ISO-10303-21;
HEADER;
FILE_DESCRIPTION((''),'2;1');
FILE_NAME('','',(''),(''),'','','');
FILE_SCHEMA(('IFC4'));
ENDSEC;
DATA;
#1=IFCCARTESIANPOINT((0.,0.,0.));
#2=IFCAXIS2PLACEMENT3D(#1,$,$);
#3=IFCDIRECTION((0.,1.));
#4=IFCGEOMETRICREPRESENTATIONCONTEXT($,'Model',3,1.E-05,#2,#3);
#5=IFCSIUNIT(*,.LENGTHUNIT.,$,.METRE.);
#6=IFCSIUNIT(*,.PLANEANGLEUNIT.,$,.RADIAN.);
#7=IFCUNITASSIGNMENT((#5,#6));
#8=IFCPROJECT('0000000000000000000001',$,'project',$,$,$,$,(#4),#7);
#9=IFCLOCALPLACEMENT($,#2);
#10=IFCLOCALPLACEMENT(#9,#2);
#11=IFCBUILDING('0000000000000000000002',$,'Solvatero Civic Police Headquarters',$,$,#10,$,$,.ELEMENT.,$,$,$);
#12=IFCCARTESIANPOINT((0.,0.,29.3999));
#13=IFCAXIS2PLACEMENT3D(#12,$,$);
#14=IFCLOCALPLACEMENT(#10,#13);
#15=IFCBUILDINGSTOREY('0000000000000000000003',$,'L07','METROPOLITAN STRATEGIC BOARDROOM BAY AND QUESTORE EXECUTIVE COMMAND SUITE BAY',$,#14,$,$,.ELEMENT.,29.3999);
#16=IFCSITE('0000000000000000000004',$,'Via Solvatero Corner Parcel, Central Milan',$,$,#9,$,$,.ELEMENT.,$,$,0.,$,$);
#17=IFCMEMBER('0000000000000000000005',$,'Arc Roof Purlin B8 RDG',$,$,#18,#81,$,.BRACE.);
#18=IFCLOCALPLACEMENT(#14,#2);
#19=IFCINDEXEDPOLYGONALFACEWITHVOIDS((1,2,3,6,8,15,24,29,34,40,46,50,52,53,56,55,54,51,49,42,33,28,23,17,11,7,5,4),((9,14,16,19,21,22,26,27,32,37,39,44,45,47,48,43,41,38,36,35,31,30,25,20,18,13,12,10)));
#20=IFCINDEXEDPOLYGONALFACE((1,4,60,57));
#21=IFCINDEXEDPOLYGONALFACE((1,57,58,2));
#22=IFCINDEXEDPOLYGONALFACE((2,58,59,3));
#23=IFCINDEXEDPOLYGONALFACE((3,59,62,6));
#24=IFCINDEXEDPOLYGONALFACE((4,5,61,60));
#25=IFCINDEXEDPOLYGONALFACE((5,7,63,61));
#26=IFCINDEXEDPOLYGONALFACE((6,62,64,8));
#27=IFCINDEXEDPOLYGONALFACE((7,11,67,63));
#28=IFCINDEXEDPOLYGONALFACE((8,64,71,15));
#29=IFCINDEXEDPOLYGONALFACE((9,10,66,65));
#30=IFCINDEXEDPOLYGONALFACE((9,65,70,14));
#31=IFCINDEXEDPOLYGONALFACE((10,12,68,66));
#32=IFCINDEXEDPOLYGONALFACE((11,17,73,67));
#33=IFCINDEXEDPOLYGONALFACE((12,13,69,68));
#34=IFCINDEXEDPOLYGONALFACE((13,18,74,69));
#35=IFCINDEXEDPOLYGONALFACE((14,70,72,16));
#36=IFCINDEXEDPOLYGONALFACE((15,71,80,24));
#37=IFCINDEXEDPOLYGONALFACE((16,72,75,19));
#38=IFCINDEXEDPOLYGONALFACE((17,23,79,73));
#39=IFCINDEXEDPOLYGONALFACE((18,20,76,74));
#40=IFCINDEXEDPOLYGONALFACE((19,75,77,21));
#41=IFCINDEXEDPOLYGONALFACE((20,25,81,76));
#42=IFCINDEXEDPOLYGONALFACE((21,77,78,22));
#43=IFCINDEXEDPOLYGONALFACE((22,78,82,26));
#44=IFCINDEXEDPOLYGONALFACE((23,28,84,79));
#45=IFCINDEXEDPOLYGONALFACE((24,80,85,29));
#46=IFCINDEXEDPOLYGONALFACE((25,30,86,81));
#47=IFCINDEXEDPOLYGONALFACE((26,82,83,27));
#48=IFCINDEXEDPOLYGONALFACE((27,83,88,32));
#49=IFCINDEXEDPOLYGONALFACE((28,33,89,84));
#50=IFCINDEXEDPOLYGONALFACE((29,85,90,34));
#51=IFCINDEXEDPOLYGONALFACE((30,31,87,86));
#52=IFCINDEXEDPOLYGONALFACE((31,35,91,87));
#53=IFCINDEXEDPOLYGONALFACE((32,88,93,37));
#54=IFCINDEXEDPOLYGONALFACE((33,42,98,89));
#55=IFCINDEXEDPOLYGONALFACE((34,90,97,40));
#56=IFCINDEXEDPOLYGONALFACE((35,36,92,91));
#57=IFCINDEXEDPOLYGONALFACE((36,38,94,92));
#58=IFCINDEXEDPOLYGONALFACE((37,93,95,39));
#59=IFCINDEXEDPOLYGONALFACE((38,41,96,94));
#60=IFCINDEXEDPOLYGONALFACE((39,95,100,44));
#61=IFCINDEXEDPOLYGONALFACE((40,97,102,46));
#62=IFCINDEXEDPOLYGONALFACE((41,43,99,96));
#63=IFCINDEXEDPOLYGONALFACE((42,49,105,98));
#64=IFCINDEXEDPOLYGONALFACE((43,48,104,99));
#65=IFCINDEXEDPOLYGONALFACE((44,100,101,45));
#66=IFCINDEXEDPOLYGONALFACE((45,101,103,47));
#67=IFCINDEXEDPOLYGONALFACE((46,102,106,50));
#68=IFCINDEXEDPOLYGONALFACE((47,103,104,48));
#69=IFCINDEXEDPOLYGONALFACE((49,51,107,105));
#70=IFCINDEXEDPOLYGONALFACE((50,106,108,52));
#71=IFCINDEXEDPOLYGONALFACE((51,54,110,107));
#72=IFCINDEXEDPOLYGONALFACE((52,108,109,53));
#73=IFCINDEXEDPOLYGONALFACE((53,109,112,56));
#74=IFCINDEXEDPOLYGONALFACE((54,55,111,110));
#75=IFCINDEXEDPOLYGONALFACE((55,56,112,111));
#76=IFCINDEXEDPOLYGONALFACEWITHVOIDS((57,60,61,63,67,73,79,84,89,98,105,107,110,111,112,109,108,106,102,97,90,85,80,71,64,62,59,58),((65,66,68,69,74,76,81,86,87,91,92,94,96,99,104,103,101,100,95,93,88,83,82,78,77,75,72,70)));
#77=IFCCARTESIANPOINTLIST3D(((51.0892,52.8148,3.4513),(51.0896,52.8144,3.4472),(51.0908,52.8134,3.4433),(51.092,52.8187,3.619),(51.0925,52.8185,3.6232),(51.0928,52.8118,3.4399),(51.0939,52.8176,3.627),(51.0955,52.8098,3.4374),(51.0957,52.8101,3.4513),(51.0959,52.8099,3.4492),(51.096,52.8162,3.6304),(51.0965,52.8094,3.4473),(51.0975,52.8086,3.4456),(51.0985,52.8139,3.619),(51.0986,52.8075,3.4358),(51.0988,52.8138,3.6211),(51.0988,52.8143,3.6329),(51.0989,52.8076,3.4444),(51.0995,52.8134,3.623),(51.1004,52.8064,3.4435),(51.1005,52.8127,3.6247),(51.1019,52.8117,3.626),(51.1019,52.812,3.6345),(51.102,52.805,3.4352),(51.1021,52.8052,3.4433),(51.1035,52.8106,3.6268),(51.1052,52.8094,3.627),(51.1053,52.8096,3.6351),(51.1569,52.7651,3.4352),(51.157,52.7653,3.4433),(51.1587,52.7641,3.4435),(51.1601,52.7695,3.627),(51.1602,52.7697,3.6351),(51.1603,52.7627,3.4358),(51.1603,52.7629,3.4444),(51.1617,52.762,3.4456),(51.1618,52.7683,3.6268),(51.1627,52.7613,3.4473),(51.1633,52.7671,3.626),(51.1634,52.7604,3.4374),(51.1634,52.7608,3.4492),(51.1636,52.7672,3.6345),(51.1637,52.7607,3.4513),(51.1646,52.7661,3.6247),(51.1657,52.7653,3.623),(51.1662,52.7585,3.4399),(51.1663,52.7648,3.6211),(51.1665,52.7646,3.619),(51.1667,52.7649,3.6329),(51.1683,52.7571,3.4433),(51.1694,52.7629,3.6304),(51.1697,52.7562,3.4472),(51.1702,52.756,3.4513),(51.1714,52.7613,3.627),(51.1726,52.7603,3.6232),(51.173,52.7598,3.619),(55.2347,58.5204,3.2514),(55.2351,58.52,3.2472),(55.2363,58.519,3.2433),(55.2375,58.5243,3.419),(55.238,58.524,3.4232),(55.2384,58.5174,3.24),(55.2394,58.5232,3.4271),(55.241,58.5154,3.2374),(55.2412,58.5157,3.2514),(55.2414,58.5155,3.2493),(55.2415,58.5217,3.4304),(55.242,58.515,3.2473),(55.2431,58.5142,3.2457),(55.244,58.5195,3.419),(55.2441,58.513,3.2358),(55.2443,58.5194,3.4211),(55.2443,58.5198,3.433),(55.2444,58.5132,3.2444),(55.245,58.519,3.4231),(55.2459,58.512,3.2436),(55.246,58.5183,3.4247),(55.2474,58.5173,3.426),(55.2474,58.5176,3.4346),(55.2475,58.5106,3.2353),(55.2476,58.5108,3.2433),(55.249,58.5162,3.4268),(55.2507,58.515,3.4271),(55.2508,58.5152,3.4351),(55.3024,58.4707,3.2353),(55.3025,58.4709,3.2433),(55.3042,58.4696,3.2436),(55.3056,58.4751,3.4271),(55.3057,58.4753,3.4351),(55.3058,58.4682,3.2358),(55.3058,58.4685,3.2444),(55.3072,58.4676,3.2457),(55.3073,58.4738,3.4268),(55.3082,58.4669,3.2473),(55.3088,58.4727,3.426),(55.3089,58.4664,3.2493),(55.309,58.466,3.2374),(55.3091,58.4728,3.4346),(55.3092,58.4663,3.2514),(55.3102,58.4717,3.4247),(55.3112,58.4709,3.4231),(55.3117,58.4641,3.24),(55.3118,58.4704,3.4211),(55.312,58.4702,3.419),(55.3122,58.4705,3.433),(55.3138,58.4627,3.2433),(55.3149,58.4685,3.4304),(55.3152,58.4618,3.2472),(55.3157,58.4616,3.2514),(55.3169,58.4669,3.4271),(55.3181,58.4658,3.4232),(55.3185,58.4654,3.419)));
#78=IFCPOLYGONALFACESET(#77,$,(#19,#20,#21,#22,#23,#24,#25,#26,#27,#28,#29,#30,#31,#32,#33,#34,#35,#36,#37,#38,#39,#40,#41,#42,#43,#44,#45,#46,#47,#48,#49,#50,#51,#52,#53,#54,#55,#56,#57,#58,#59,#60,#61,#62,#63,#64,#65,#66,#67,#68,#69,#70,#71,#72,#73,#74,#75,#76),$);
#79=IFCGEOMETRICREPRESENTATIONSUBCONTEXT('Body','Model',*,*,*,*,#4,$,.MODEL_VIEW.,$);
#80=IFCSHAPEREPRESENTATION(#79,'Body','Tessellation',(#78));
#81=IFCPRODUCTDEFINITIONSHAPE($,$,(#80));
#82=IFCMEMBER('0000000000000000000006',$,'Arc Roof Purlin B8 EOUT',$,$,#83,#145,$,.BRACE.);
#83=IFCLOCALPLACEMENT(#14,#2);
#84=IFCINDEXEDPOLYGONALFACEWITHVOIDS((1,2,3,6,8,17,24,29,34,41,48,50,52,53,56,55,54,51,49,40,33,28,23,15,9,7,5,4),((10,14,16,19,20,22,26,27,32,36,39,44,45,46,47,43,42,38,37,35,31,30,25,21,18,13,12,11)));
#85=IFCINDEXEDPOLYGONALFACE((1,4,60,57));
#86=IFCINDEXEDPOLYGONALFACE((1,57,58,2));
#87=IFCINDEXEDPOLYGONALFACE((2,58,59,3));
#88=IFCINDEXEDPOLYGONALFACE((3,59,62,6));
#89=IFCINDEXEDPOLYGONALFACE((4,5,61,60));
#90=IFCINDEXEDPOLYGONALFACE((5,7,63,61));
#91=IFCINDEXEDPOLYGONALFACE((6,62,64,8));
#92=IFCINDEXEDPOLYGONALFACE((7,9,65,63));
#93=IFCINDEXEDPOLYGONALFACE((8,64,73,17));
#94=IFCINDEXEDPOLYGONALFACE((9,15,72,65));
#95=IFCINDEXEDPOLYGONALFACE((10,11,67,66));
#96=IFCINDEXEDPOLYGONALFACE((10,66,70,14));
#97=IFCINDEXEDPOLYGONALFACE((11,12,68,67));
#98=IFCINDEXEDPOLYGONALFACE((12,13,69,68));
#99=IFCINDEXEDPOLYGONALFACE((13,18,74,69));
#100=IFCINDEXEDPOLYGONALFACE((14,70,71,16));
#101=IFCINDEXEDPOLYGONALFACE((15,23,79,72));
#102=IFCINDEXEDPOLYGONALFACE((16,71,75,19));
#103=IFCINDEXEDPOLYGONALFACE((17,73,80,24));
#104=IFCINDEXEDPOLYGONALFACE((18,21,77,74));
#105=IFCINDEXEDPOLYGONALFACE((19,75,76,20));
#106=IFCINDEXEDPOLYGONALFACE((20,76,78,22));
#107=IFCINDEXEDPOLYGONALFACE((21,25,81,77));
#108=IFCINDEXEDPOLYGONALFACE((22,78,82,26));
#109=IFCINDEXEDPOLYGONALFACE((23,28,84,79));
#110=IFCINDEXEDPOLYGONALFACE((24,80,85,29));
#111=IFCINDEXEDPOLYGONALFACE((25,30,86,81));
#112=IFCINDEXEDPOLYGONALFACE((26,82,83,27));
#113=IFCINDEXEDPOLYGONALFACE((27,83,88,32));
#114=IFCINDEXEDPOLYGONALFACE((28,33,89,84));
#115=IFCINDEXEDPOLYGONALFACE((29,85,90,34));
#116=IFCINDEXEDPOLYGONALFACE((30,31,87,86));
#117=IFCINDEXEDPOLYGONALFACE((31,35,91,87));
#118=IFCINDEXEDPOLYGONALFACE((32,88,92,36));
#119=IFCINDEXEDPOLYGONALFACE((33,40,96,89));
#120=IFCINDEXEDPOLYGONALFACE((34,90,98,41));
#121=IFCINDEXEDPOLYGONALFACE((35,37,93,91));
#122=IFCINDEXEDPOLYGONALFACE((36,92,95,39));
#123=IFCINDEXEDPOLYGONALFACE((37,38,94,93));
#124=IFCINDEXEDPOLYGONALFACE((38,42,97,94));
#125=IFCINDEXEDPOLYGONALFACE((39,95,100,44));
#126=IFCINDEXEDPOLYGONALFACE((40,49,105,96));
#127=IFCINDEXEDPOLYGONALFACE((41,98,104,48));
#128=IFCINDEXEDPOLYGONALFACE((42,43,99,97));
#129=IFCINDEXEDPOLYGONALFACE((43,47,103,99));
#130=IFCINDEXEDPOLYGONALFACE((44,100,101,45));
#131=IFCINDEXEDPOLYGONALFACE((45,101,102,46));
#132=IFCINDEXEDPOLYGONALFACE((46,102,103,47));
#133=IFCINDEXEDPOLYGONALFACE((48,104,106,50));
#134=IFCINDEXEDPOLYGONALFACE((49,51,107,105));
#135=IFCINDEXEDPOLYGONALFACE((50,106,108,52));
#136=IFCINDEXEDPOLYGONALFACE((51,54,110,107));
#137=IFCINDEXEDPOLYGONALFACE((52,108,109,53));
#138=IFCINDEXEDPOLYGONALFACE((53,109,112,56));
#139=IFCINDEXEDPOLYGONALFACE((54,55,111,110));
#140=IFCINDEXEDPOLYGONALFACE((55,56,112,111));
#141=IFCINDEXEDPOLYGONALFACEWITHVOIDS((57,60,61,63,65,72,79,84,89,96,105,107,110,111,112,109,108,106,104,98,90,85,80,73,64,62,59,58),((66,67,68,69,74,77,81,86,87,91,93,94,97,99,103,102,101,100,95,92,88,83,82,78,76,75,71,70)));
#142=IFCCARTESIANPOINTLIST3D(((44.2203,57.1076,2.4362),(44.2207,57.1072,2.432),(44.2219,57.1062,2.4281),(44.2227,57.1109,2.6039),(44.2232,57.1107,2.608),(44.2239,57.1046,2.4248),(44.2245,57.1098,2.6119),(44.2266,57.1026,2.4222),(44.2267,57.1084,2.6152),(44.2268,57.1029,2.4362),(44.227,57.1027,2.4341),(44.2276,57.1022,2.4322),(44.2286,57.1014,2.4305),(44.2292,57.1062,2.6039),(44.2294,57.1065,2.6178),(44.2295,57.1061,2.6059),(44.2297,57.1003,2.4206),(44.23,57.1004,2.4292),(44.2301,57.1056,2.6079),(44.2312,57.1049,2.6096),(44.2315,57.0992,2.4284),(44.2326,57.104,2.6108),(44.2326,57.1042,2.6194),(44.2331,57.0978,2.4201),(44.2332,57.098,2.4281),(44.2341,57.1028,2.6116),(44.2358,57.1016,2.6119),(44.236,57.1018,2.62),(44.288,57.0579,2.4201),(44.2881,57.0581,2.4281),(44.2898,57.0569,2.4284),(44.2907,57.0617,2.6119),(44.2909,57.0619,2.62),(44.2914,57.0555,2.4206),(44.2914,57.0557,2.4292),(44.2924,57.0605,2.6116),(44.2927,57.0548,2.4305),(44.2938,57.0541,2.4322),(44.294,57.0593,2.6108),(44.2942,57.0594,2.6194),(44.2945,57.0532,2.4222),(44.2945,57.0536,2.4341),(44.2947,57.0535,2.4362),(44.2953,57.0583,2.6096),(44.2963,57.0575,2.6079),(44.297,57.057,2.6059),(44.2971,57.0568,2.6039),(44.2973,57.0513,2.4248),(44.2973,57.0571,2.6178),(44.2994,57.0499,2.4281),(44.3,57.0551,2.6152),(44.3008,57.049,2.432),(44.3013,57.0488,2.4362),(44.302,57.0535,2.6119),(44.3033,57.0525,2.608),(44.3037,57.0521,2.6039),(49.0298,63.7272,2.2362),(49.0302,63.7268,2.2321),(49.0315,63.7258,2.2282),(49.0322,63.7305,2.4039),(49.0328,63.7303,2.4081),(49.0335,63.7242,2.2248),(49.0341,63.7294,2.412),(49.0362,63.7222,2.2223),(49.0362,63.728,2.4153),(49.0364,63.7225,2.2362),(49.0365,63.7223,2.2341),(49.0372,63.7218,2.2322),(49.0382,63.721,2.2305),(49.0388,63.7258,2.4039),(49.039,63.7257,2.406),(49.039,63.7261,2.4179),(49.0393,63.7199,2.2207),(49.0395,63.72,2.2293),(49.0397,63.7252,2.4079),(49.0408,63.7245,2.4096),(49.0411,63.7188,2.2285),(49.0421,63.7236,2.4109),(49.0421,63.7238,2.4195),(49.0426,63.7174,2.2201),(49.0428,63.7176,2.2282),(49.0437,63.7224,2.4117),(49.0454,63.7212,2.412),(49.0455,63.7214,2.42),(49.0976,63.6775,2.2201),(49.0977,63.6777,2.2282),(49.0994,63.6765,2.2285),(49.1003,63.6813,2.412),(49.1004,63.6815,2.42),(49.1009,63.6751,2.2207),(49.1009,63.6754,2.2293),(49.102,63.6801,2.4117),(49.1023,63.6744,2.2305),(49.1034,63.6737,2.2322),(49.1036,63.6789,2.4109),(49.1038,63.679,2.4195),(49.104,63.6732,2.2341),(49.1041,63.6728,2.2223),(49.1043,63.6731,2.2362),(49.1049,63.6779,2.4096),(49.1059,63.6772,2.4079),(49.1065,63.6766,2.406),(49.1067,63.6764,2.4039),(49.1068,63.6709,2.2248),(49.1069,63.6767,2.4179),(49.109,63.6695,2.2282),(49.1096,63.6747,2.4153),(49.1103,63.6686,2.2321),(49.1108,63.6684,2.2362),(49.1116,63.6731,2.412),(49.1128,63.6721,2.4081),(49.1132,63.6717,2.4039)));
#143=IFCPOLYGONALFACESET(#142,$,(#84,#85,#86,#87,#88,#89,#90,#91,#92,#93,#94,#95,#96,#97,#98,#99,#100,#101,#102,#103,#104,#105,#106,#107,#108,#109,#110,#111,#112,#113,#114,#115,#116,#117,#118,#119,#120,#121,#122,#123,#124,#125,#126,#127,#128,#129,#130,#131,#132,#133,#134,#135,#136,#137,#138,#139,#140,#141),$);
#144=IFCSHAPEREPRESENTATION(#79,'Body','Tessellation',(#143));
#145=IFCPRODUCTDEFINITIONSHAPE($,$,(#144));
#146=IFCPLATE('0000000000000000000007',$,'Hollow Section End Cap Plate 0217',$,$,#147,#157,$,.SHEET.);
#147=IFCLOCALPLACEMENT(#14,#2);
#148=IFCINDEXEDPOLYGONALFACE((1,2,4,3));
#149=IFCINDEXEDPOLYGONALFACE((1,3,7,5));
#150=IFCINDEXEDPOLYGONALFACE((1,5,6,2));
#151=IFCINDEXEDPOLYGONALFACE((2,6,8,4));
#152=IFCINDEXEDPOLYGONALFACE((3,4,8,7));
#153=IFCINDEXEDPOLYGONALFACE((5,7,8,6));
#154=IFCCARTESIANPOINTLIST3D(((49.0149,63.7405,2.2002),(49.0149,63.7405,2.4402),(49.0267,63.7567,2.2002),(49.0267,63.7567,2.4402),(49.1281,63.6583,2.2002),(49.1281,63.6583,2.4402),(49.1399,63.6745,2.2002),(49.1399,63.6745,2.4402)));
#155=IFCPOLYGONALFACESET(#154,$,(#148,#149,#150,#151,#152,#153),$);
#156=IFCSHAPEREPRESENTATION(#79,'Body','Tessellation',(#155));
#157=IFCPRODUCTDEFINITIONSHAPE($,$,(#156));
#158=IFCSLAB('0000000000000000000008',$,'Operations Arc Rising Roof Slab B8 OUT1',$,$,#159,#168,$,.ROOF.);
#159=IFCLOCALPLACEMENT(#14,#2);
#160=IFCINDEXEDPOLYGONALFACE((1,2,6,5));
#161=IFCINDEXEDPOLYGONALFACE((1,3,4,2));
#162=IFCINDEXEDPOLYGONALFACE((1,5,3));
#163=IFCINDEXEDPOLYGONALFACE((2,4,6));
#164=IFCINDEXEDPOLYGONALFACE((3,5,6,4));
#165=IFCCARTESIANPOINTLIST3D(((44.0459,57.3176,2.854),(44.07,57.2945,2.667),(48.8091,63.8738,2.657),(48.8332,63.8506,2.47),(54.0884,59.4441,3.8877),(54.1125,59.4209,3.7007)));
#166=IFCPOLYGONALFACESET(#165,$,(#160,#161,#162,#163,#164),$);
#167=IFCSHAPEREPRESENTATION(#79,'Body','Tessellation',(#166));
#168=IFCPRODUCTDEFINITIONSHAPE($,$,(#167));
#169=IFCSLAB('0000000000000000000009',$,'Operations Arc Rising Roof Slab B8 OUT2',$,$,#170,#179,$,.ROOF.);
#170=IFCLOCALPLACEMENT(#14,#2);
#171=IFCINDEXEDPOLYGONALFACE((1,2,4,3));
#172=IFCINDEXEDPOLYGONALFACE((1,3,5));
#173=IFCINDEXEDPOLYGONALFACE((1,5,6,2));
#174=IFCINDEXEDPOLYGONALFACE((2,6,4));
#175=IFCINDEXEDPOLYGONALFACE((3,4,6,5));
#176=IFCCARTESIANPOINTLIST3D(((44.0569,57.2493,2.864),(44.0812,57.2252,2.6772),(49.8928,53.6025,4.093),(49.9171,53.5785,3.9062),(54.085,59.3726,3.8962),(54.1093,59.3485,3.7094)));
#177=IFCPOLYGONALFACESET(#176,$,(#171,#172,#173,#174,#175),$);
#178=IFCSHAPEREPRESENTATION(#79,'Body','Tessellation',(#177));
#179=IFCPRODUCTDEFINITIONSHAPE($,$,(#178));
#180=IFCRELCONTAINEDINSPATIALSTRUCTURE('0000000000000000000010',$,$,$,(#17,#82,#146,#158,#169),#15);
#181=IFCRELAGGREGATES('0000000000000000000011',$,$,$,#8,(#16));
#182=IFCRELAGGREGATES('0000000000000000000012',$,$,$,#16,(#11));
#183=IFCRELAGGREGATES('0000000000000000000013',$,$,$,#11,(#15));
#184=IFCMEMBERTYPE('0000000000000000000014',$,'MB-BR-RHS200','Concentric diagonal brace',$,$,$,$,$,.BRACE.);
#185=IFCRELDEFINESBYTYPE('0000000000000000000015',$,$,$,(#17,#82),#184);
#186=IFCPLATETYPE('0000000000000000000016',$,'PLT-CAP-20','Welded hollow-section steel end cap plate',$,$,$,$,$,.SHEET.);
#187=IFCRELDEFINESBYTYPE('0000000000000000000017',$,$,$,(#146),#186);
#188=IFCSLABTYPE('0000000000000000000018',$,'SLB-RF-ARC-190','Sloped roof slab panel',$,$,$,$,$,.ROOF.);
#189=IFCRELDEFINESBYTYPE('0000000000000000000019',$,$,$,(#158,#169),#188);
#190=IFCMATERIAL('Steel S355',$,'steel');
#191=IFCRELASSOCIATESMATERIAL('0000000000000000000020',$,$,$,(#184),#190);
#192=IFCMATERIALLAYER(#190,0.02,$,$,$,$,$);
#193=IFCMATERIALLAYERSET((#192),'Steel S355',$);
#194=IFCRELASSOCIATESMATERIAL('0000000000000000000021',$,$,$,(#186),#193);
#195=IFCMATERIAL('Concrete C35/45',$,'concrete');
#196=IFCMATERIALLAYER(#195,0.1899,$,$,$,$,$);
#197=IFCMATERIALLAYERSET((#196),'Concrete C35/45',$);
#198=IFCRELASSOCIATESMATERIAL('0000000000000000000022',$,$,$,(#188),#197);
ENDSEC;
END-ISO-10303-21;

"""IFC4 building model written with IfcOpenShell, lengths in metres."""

from ifc_helpers import new_model, si_unit, direction, frame, origin, origin_2d, place, context, subcontext, project, spatial, polyline, rectangle, hollow_rectangle, outline, extrude, material, layer, layer_set, material_profile, profile_set, type_object, element, save


model = new_model("IFC4")

# Units and contexts
model_context = context("Model", 3, precision=1e-05, world=origin(), true_north=direction((0.0, 1.0)))
body_context = subcontext(model_context, "Body", "Model", "MODEL_VIEW")
ifc_project = project(units=[si_unit("LENGTHUNIT", "METRE"), si_unit("PLANEANGLEUNIT", "RADIAN")], contexts=[model_context])

# Site, building, storey
site_placement = place(None, origin())
site = spatial("IfcSite", under=ifc_project, at=site_placement, Name="Via Solvatero Corner Parcel, Central Milan", CompositionType="ELEMENT", RefElevation=0.0)
building_placement = place(site_placement, origin())
building = spatial("IfcBuilding", under=site, at=building_placement, Name="Solvatero Civic Police Headquarters", CompositionType="ELEMENT")
storey_placement = place(building_placement, frame((0.0, 0.0, 29.3999)))
storey = spatial("IfcBuildingStorey", under=building, at=storey_placement, Name="L07", Description="METROPOLITAN STRATEGIC BOARDROOM BAY AND QUESTORE EXECUTIVE COMMAND SUITE BAY", CompositionType="ELEMENT", Elevation=29.3999)

# Shared definitions
ifc_material_1 = material(Name="Steel S355", Category="steel")

# Members
ifc_material_profile_1 = material_profile(ifc_material_1, hollow_rectangle(XDim=0.1001, YDim=0.2, WallThickness=0.0081, InnerFilletRadius=0.0081, OuterFilletRadius=0.0161, at=origin_2d()), Name="RHS 200x100x8.0")
ifc_profile_set_1 = profile_set([ifc_material_profile_1], Name="Steel S355")
member_type_1 = type_object("IfcMemberType", Name="MB-BR-RHS200", Description="Concentric diagonal brace", PredefinedType="BRACE", material=ifc_profile_set_1)
member_1_placement = place(storey_placement, frame((55.2766, 58.4929, 3.3352), z_axis=(-0.587565, -0.808681, 0.02834), x_axis=(0.809005, -0.587801, 0.0)))
element("IfcMember", 1, at=member_1_placement, inside=storey, type_object=member_type_1, Name="Arc Roof Purlin B8 RDG", PredefinedType="BRACE", context=body_context, shape_type="SweptSolid", body=[
    extrude(hollow_rectangle(XDim=0.1001, YDim=0.2, WallThickness=0.0081, InnerFilletRadius=0.0081, OuterFilletRadius=0.0161, at=origin_2d()), origin(), (0.0, 0.0, 1.0), 7.0554),
])
member_2_placement = place(storey_placement, frame((49.0715, 63.6995, 2.3201), z_axis=(-0.58762, -0.808768, 0.024429), x_axis=(0.80901, -0.587796, 0.0)))
element("IfcMember", 2, at=member_2_placement, inside=storey, type_object=member_type_1, Name="Arc Roof Purlin B8 EOUT", PredefinedType="BRACE", context=body_context, shape_type="SweptSolid", body=[
    extrude(hollow_rectangle(XDim=0.1001, YDim=0.2, WallThickness=0.0081, InnerFilletRadius=0.0081, OuterFilletRadius=0.0161, at=origin_2d()), origin(), (0.0, 0.0, 1.0), 8.1848),
])

# Plate
ifc_layer_1 = layer(ifc_material_1, 0.02)
ifc_layer_set_1 = layer_set([ifc_layer_1], Name="Steel S355")
plate_type = type_object("IfcPlateType", Name="PLT-CAP-20", Description="Welded hollow-section steel end cap plate", PredefinedType="SHEET", material=ifc_layer_set_1)
plate_placement = place(storey_placement, frame((49.0774, 63.7075, 2.2002), z_axis=(0.0, 0.0, 1.0), x_axis=(-0.587785, -0.809017, 0.0)))
element("IfcPlate", 3, at=plate_placement, inside=storey, type_object=plate_type, Name="Hollow Section End Cap Plate 0217", PredefinedType="SHEET", context=body_context, shape_type="SweptSolid", body=[
    extrude(rectangle(XDim=0.02, YDim=0.1399, at=origin_2d()), origin(), (0.0, 0.0, 1.0), 0.24),
])

# Slabs
ifc_material_2 = material(Name="Concrete C35/45", Category="concrete")
ifc_layer_2 = layer(ifc_material_2, 0.1899)
ifc_layer_set_2 = layer_set([ifc_layer_2], Name="Concrete C35/45")
slab_type = type_object("IfcSlabType", Name="SLB-RF-ARC-190", Description="Sloped roof slab panel", PredefinedType="ROOF", material=ifc_layer_set_2)
slab_1_placement = place(storey_placement, frame((54.0884, 59.4441, 3.8877), z_axis=(-0.127145, 0.121955, 0.984358), x_axis=(-0.973386, -0.206111, -0.100192)))
element("IfcSlab", 4, at=slab_1_placement, inside=storey, type_object=slab_type, Name="Operations Arc Rising Roof Slab B8 OUT1", PredefinedType="ROOF", context=body_context, shape_type="SweptSolid", body=[
    extrude(outline(polyline([(0.0, 0.0), (10.3171, 0.0), (4.3491, -5.4857), (0.0, 0.0)])), origin(), (0.0, 0.0, -1.0), 0.1899),
])
slab_2_placement = place(storey_placement, frame((54.085, 59.3726, 3.8962), z_axis=(-0.128053, 0.126581, 0.983656), x_axis=(-0.587559, -0.808711, 0.02758)))
element("IfcSlab", 5, at=slab_2_placement, inside=storey, type_object=slab_type, Name="Operations Arc Rising Roof Slab B8 OUT2", PredefinedType="ROOF", context=body_context, shape_type="SweptSolid", body=[
    extrude(outline(polyline([(0.0, 0.0), (7.1348, 0.0), (7.5807, -6.9763), (0.0, 0.0)])), origin(), (0.0, 0.0, -1.0), 0.1899),
])

save(model, "model.ifc")
